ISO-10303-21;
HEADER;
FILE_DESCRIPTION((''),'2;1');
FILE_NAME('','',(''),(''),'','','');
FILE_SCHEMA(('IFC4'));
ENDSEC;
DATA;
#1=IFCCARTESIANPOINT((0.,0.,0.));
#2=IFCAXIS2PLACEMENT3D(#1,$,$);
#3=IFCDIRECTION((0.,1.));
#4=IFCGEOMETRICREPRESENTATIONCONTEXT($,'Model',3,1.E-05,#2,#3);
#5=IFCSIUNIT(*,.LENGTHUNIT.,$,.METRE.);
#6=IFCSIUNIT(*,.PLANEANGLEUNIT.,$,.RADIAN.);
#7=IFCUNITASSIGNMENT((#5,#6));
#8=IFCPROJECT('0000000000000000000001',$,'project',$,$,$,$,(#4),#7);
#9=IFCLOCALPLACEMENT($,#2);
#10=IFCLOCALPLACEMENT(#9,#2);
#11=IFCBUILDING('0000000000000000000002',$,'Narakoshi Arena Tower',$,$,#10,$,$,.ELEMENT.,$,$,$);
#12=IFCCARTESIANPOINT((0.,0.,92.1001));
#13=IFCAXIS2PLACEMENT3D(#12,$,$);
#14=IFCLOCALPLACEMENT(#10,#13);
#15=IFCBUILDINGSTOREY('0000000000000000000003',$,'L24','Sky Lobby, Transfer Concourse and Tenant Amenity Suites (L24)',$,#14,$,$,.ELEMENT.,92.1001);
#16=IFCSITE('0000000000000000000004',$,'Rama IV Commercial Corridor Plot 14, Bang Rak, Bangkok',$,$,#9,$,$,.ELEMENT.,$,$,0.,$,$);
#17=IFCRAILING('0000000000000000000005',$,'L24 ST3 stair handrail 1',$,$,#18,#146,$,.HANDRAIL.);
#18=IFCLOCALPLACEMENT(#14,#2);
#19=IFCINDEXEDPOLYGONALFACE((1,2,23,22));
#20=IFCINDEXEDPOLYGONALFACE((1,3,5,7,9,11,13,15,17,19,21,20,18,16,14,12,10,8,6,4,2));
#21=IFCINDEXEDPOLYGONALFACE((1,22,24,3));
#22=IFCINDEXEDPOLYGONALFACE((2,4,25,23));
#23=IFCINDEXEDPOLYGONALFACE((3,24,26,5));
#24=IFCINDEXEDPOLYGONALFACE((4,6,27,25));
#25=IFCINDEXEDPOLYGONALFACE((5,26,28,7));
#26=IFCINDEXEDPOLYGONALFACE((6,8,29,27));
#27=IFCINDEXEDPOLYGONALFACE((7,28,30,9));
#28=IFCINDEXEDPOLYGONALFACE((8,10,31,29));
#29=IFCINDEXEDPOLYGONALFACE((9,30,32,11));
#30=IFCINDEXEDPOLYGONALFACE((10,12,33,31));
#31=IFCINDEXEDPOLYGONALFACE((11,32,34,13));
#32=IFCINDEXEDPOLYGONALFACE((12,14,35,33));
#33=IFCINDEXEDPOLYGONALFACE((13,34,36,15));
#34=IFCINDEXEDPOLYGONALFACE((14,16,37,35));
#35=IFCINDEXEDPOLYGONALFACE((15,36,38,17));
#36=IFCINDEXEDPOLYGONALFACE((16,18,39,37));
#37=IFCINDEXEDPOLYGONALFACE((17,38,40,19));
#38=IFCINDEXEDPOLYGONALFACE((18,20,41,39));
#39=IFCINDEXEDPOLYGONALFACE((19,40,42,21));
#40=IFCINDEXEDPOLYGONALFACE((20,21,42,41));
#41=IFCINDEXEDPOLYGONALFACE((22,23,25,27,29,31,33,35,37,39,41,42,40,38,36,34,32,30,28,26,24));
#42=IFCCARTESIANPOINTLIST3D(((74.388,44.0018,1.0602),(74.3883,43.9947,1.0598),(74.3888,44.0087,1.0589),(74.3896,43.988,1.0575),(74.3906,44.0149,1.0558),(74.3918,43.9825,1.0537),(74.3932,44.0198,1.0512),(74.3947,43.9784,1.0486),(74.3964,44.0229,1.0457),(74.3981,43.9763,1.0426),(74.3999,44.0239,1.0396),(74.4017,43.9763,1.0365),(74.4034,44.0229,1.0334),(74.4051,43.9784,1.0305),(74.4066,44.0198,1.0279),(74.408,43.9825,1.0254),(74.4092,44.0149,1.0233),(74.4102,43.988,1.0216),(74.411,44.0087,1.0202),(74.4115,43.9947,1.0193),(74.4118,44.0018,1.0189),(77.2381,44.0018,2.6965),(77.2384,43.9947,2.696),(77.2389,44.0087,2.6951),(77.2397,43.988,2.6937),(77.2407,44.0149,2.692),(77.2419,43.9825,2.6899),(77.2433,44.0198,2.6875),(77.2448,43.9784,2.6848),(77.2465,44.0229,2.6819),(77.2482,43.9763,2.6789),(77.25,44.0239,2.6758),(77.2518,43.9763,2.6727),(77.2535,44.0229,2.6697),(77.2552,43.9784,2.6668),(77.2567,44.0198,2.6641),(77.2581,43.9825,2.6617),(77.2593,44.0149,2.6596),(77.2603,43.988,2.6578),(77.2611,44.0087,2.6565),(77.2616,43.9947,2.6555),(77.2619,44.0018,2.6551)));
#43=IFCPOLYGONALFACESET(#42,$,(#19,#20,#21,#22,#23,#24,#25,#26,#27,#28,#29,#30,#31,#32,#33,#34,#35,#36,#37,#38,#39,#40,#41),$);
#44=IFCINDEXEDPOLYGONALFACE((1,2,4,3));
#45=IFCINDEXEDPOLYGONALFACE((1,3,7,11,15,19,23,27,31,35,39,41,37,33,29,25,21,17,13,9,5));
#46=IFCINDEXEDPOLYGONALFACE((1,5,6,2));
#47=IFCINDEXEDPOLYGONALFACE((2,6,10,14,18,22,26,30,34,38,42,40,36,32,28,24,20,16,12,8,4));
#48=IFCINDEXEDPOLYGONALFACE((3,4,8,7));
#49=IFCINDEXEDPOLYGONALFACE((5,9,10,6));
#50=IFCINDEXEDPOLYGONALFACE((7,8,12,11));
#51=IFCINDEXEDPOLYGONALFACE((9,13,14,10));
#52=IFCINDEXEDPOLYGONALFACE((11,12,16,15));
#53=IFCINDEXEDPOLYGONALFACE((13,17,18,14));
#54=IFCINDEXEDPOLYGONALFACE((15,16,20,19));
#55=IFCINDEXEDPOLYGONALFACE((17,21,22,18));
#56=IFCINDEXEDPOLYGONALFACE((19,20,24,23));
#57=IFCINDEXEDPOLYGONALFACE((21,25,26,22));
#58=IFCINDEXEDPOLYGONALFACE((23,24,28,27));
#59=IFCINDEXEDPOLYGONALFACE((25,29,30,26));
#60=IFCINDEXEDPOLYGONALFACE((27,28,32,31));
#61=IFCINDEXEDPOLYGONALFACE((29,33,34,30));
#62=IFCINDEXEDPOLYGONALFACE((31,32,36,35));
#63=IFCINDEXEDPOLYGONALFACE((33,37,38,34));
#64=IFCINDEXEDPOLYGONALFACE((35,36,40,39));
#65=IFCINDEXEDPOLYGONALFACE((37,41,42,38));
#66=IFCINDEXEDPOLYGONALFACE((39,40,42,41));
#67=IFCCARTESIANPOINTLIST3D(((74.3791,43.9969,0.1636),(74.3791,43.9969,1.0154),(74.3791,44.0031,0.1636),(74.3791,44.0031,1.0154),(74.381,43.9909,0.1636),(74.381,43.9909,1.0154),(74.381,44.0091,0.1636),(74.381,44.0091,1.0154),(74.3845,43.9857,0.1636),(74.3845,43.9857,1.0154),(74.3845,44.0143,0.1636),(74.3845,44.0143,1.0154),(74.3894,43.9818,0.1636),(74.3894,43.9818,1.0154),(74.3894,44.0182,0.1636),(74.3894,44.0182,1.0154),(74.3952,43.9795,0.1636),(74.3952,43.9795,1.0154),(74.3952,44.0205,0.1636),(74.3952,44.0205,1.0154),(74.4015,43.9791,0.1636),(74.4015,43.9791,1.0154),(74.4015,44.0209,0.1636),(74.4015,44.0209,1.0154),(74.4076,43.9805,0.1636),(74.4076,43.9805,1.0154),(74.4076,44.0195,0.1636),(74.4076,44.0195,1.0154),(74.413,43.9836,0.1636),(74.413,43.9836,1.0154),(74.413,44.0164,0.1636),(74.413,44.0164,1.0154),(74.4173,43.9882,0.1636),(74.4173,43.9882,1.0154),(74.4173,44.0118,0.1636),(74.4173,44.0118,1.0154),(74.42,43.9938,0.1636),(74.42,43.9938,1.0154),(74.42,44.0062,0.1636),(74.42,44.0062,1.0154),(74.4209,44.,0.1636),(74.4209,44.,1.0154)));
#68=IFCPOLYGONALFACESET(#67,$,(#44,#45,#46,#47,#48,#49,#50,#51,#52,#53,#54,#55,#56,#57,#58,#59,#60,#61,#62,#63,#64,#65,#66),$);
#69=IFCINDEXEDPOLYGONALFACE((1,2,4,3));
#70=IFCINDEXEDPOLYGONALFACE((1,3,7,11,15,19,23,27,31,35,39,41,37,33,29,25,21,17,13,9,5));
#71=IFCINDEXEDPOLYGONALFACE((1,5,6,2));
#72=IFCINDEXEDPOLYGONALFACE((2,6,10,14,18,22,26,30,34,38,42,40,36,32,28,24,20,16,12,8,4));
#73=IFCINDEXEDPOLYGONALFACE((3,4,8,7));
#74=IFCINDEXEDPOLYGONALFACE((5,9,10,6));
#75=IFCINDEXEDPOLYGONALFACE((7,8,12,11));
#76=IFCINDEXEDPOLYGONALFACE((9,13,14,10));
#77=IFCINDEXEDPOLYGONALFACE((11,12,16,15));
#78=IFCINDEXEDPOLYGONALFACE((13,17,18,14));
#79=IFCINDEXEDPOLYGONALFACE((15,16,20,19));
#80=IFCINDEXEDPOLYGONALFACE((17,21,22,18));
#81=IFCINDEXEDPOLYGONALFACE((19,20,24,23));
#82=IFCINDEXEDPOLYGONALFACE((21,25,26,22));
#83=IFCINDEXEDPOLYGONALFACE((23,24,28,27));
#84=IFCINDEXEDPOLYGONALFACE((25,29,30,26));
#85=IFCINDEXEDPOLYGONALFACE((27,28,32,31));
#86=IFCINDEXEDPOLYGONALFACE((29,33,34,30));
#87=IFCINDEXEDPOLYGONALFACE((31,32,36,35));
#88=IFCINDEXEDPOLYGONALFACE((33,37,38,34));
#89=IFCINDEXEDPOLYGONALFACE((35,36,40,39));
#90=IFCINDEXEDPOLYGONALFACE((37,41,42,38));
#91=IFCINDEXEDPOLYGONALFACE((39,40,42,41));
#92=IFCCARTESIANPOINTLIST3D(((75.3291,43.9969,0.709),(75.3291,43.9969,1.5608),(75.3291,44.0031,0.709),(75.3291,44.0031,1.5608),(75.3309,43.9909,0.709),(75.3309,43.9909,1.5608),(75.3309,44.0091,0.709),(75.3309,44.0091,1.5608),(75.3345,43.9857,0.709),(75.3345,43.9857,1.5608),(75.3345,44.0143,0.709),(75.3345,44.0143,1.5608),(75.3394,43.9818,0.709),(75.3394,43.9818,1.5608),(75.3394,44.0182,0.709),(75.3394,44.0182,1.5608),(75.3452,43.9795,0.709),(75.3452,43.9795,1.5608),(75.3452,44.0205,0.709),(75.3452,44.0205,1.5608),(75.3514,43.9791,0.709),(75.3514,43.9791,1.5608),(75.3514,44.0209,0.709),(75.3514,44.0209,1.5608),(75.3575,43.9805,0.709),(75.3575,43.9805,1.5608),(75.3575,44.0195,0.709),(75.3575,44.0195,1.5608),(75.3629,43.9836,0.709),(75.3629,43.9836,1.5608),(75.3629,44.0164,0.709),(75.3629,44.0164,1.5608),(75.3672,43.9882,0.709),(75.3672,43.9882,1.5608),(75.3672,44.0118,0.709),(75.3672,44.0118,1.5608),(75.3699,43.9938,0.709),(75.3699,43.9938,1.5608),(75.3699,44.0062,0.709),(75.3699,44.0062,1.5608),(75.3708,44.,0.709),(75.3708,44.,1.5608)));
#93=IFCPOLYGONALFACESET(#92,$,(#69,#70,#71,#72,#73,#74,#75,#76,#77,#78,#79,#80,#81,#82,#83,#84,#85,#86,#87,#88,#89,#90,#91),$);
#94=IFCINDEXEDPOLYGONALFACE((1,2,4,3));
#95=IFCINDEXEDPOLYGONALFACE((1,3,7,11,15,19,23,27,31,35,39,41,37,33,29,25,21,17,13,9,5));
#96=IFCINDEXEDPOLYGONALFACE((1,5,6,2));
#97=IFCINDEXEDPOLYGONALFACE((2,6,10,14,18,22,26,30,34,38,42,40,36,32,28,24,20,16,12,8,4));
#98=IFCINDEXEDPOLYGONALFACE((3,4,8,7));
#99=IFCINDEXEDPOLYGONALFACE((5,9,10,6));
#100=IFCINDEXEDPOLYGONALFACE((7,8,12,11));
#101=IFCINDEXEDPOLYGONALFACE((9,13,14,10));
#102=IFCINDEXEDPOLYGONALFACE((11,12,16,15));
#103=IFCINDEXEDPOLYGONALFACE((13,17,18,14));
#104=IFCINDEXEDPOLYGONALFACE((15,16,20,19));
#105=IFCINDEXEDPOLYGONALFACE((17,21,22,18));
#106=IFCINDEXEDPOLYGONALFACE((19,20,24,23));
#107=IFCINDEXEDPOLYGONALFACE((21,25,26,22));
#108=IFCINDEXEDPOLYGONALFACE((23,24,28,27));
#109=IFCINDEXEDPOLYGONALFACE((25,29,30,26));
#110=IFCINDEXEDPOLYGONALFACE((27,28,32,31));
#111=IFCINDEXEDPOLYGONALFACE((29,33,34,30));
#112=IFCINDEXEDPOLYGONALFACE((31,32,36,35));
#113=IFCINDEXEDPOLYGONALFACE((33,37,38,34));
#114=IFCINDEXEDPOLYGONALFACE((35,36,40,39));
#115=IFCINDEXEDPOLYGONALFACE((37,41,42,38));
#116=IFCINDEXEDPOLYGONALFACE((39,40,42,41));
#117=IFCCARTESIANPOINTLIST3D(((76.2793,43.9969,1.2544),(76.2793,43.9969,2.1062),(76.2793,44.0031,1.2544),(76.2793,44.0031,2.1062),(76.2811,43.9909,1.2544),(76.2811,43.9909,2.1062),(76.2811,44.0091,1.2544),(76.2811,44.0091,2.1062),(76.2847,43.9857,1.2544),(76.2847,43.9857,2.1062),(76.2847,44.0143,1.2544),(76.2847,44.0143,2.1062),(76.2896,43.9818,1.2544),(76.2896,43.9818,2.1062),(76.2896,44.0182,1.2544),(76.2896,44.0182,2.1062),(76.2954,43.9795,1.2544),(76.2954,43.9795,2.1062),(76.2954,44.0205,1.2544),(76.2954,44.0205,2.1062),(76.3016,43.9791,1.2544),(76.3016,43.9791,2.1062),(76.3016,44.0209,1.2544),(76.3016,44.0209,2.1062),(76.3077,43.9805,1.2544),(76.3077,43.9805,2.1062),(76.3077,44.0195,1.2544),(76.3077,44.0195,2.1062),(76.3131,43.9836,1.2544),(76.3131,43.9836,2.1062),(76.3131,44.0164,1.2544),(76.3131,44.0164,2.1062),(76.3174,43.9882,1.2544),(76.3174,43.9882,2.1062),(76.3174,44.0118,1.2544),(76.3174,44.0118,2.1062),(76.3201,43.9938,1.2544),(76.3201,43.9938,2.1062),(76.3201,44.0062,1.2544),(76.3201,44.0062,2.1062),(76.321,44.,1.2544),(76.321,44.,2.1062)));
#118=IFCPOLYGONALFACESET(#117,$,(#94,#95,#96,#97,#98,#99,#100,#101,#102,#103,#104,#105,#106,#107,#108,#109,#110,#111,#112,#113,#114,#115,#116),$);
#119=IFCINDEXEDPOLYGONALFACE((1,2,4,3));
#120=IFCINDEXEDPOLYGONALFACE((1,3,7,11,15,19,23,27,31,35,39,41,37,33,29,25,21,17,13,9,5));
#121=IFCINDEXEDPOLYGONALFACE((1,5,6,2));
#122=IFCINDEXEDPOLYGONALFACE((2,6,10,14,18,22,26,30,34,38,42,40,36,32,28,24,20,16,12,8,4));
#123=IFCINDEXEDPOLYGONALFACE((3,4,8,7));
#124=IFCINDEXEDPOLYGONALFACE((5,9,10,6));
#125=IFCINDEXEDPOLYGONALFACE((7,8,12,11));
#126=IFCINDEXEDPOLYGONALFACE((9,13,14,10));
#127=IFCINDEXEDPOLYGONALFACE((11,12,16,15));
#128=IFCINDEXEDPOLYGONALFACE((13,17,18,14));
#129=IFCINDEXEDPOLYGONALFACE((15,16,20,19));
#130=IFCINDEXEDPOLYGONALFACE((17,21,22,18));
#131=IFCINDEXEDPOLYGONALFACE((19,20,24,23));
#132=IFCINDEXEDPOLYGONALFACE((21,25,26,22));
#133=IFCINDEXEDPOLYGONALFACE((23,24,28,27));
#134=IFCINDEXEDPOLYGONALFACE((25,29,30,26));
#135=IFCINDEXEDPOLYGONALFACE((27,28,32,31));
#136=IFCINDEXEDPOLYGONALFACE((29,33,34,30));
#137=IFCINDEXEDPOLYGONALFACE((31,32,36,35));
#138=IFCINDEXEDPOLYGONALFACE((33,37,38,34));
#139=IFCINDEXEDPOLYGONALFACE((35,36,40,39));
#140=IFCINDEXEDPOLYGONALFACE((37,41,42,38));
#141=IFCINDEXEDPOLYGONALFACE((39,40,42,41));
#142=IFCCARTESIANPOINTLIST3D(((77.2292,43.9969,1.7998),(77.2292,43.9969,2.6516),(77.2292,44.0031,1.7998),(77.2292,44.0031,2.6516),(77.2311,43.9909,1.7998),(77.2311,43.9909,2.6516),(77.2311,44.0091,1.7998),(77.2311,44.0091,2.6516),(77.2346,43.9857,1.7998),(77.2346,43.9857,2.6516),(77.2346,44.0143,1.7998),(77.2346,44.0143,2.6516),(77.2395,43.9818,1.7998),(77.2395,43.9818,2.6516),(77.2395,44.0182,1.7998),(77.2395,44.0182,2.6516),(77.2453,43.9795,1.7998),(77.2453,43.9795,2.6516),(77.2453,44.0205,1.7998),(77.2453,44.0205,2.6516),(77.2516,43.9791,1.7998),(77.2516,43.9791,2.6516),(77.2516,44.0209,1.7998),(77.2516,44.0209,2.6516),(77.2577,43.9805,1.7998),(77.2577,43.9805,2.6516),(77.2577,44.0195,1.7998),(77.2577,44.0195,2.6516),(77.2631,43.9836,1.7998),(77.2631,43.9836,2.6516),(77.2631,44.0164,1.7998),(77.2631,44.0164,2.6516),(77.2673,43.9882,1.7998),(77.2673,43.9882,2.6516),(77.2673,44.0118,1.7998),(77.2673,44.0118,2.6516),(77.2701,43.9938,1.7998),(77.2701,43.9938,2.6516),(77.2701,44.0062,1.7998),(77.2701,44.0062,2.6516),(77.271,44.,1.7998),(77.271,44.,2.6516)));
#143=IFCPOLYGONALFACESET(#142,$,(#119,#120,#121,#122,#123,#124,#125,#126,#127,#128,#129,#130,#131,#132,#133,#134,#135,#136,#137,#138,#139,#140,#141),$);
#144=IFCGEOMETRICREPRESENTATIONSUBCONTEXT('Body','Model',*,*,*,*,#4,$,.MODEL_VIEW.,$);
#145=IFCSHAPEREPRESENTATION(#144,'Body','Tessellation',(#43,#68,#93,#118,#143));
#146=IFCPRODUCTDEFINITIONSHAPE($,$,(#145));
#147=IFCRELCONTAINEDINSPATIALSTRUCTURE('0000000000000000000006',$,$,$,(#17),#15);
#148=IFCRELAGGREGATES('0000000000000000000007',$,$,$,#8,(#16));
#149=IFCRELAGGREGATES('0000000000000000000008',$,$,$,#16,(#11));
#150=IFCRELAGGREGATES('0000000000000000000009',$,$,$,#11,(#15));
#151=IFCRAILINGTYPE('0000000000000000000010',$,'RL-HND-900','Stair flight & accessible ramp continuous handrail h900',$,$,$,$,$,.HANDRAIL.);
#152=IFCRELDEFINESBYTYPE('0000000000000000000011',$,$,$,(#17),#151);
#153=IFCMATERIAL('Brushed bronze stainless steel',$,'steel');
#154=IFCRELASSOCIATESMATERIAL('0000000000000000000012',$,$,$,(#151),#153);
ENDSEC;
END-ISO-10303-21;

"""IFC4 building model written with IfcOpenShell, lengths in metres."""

from ifc_helpers import new_model, si_unit, direction, frame, origin, origin_2d, place, context, subcontext, project, spatial, circle, extrude, material, type_object, element, save


model = new_model("IFC4")

# Units and contexts
model_context = context("Model", 3, precision=1e-05, world=origin(), true_north=direction((0.0, 1.0)))
body_context = subcontext(model_context, "Body", "Model", "MODEL_VIEW")
ifc_project = project(units=[si_unit("LENGTHUNIT", "METRE"), si_unit("PLANEANGLEUNIT", "RADIAN")], contexts=[model_context])

# Site, building, storey
site_placement = place(None, origin())
site = spatial("IfcSite", under=ifc_project, at=site_placement, Name="Rama IV Commercial Corridor Plot 14, Bang Rak, Bangkok", CompositionType="ELEMENT", RefElevation=0.0)
building_placement = place(site_placement, origin())
building = spatial("IfcBuilding", under=site, at=building_placement, Name="Narakoshi Arena Tower", CompositionType="ELEMENT")
storey_placement = place(building_placement, frame((0.0, 0.0, 92.1001)))
storey = spatial("IfcBuildingStorey", under=building, at=storey_placement, Name="L24", Description="Sky Lobby, Transfer Concourse and Tenant Amenity Suites (L24)", CompositionType="ELEMENT", Elevation=92.1001)

# Shared definitions
ifc_material_1 = material(Name="Brushed bronze stainless steel", Category="steel")

# Railing
railing_type_1 = type_object("IfcRailingType", Name="RL-HND-900", Description="Stair flight & accessible ramp continuous handrail h900", PredefinedType="HANDRAIL", material=ifc_material_1)
for number, where, name in (
    (1, (74.3999, 44.0, 0.1636), "L24 ST3 stair handrail 1"),
):
    element("IfcRailing", number, at=place(storey_placement, frame(where)), inside=storey, type_object=railing_type_1, Name=name, PredefinedType="HANDRAIL", context=body_context, shape_type="SweptSolid", body=[
        extrude(circle(Radius=0.0239, at=origin_2d()), frame((0.0, 0.0, 0.876), z_axis=(0.867245, 0.0, 0.497882), x_axis=(0.0, 1.0, 0.0)), (0.0, 0.0, 1.0), 3.2864),
        extrude(circle(Radius=0.021, at=origin_2d()), origin(), (0.0, 0.0, 1.0), 0.8518),
        extrude(circle(Radius=0.021, at=origin_2d()), frame((0.95, 0.0, 0.5454)), (0.0, 0.0, 1.0), 0.8518),
        extrude(circle(Radius=0.021, at=origin_2d()), frame((1.9001, 0.0, 1.0908)), (0.0, 0.0, 1.0), 0.8518),
        extrude(circle(Radius=0.021, at=origin_2d()), frame((2.8501, 0.0, 1.6362)), (0.0, 0.0, 1.0), 0.8518),
    ])

save(model, "model.ifc")
